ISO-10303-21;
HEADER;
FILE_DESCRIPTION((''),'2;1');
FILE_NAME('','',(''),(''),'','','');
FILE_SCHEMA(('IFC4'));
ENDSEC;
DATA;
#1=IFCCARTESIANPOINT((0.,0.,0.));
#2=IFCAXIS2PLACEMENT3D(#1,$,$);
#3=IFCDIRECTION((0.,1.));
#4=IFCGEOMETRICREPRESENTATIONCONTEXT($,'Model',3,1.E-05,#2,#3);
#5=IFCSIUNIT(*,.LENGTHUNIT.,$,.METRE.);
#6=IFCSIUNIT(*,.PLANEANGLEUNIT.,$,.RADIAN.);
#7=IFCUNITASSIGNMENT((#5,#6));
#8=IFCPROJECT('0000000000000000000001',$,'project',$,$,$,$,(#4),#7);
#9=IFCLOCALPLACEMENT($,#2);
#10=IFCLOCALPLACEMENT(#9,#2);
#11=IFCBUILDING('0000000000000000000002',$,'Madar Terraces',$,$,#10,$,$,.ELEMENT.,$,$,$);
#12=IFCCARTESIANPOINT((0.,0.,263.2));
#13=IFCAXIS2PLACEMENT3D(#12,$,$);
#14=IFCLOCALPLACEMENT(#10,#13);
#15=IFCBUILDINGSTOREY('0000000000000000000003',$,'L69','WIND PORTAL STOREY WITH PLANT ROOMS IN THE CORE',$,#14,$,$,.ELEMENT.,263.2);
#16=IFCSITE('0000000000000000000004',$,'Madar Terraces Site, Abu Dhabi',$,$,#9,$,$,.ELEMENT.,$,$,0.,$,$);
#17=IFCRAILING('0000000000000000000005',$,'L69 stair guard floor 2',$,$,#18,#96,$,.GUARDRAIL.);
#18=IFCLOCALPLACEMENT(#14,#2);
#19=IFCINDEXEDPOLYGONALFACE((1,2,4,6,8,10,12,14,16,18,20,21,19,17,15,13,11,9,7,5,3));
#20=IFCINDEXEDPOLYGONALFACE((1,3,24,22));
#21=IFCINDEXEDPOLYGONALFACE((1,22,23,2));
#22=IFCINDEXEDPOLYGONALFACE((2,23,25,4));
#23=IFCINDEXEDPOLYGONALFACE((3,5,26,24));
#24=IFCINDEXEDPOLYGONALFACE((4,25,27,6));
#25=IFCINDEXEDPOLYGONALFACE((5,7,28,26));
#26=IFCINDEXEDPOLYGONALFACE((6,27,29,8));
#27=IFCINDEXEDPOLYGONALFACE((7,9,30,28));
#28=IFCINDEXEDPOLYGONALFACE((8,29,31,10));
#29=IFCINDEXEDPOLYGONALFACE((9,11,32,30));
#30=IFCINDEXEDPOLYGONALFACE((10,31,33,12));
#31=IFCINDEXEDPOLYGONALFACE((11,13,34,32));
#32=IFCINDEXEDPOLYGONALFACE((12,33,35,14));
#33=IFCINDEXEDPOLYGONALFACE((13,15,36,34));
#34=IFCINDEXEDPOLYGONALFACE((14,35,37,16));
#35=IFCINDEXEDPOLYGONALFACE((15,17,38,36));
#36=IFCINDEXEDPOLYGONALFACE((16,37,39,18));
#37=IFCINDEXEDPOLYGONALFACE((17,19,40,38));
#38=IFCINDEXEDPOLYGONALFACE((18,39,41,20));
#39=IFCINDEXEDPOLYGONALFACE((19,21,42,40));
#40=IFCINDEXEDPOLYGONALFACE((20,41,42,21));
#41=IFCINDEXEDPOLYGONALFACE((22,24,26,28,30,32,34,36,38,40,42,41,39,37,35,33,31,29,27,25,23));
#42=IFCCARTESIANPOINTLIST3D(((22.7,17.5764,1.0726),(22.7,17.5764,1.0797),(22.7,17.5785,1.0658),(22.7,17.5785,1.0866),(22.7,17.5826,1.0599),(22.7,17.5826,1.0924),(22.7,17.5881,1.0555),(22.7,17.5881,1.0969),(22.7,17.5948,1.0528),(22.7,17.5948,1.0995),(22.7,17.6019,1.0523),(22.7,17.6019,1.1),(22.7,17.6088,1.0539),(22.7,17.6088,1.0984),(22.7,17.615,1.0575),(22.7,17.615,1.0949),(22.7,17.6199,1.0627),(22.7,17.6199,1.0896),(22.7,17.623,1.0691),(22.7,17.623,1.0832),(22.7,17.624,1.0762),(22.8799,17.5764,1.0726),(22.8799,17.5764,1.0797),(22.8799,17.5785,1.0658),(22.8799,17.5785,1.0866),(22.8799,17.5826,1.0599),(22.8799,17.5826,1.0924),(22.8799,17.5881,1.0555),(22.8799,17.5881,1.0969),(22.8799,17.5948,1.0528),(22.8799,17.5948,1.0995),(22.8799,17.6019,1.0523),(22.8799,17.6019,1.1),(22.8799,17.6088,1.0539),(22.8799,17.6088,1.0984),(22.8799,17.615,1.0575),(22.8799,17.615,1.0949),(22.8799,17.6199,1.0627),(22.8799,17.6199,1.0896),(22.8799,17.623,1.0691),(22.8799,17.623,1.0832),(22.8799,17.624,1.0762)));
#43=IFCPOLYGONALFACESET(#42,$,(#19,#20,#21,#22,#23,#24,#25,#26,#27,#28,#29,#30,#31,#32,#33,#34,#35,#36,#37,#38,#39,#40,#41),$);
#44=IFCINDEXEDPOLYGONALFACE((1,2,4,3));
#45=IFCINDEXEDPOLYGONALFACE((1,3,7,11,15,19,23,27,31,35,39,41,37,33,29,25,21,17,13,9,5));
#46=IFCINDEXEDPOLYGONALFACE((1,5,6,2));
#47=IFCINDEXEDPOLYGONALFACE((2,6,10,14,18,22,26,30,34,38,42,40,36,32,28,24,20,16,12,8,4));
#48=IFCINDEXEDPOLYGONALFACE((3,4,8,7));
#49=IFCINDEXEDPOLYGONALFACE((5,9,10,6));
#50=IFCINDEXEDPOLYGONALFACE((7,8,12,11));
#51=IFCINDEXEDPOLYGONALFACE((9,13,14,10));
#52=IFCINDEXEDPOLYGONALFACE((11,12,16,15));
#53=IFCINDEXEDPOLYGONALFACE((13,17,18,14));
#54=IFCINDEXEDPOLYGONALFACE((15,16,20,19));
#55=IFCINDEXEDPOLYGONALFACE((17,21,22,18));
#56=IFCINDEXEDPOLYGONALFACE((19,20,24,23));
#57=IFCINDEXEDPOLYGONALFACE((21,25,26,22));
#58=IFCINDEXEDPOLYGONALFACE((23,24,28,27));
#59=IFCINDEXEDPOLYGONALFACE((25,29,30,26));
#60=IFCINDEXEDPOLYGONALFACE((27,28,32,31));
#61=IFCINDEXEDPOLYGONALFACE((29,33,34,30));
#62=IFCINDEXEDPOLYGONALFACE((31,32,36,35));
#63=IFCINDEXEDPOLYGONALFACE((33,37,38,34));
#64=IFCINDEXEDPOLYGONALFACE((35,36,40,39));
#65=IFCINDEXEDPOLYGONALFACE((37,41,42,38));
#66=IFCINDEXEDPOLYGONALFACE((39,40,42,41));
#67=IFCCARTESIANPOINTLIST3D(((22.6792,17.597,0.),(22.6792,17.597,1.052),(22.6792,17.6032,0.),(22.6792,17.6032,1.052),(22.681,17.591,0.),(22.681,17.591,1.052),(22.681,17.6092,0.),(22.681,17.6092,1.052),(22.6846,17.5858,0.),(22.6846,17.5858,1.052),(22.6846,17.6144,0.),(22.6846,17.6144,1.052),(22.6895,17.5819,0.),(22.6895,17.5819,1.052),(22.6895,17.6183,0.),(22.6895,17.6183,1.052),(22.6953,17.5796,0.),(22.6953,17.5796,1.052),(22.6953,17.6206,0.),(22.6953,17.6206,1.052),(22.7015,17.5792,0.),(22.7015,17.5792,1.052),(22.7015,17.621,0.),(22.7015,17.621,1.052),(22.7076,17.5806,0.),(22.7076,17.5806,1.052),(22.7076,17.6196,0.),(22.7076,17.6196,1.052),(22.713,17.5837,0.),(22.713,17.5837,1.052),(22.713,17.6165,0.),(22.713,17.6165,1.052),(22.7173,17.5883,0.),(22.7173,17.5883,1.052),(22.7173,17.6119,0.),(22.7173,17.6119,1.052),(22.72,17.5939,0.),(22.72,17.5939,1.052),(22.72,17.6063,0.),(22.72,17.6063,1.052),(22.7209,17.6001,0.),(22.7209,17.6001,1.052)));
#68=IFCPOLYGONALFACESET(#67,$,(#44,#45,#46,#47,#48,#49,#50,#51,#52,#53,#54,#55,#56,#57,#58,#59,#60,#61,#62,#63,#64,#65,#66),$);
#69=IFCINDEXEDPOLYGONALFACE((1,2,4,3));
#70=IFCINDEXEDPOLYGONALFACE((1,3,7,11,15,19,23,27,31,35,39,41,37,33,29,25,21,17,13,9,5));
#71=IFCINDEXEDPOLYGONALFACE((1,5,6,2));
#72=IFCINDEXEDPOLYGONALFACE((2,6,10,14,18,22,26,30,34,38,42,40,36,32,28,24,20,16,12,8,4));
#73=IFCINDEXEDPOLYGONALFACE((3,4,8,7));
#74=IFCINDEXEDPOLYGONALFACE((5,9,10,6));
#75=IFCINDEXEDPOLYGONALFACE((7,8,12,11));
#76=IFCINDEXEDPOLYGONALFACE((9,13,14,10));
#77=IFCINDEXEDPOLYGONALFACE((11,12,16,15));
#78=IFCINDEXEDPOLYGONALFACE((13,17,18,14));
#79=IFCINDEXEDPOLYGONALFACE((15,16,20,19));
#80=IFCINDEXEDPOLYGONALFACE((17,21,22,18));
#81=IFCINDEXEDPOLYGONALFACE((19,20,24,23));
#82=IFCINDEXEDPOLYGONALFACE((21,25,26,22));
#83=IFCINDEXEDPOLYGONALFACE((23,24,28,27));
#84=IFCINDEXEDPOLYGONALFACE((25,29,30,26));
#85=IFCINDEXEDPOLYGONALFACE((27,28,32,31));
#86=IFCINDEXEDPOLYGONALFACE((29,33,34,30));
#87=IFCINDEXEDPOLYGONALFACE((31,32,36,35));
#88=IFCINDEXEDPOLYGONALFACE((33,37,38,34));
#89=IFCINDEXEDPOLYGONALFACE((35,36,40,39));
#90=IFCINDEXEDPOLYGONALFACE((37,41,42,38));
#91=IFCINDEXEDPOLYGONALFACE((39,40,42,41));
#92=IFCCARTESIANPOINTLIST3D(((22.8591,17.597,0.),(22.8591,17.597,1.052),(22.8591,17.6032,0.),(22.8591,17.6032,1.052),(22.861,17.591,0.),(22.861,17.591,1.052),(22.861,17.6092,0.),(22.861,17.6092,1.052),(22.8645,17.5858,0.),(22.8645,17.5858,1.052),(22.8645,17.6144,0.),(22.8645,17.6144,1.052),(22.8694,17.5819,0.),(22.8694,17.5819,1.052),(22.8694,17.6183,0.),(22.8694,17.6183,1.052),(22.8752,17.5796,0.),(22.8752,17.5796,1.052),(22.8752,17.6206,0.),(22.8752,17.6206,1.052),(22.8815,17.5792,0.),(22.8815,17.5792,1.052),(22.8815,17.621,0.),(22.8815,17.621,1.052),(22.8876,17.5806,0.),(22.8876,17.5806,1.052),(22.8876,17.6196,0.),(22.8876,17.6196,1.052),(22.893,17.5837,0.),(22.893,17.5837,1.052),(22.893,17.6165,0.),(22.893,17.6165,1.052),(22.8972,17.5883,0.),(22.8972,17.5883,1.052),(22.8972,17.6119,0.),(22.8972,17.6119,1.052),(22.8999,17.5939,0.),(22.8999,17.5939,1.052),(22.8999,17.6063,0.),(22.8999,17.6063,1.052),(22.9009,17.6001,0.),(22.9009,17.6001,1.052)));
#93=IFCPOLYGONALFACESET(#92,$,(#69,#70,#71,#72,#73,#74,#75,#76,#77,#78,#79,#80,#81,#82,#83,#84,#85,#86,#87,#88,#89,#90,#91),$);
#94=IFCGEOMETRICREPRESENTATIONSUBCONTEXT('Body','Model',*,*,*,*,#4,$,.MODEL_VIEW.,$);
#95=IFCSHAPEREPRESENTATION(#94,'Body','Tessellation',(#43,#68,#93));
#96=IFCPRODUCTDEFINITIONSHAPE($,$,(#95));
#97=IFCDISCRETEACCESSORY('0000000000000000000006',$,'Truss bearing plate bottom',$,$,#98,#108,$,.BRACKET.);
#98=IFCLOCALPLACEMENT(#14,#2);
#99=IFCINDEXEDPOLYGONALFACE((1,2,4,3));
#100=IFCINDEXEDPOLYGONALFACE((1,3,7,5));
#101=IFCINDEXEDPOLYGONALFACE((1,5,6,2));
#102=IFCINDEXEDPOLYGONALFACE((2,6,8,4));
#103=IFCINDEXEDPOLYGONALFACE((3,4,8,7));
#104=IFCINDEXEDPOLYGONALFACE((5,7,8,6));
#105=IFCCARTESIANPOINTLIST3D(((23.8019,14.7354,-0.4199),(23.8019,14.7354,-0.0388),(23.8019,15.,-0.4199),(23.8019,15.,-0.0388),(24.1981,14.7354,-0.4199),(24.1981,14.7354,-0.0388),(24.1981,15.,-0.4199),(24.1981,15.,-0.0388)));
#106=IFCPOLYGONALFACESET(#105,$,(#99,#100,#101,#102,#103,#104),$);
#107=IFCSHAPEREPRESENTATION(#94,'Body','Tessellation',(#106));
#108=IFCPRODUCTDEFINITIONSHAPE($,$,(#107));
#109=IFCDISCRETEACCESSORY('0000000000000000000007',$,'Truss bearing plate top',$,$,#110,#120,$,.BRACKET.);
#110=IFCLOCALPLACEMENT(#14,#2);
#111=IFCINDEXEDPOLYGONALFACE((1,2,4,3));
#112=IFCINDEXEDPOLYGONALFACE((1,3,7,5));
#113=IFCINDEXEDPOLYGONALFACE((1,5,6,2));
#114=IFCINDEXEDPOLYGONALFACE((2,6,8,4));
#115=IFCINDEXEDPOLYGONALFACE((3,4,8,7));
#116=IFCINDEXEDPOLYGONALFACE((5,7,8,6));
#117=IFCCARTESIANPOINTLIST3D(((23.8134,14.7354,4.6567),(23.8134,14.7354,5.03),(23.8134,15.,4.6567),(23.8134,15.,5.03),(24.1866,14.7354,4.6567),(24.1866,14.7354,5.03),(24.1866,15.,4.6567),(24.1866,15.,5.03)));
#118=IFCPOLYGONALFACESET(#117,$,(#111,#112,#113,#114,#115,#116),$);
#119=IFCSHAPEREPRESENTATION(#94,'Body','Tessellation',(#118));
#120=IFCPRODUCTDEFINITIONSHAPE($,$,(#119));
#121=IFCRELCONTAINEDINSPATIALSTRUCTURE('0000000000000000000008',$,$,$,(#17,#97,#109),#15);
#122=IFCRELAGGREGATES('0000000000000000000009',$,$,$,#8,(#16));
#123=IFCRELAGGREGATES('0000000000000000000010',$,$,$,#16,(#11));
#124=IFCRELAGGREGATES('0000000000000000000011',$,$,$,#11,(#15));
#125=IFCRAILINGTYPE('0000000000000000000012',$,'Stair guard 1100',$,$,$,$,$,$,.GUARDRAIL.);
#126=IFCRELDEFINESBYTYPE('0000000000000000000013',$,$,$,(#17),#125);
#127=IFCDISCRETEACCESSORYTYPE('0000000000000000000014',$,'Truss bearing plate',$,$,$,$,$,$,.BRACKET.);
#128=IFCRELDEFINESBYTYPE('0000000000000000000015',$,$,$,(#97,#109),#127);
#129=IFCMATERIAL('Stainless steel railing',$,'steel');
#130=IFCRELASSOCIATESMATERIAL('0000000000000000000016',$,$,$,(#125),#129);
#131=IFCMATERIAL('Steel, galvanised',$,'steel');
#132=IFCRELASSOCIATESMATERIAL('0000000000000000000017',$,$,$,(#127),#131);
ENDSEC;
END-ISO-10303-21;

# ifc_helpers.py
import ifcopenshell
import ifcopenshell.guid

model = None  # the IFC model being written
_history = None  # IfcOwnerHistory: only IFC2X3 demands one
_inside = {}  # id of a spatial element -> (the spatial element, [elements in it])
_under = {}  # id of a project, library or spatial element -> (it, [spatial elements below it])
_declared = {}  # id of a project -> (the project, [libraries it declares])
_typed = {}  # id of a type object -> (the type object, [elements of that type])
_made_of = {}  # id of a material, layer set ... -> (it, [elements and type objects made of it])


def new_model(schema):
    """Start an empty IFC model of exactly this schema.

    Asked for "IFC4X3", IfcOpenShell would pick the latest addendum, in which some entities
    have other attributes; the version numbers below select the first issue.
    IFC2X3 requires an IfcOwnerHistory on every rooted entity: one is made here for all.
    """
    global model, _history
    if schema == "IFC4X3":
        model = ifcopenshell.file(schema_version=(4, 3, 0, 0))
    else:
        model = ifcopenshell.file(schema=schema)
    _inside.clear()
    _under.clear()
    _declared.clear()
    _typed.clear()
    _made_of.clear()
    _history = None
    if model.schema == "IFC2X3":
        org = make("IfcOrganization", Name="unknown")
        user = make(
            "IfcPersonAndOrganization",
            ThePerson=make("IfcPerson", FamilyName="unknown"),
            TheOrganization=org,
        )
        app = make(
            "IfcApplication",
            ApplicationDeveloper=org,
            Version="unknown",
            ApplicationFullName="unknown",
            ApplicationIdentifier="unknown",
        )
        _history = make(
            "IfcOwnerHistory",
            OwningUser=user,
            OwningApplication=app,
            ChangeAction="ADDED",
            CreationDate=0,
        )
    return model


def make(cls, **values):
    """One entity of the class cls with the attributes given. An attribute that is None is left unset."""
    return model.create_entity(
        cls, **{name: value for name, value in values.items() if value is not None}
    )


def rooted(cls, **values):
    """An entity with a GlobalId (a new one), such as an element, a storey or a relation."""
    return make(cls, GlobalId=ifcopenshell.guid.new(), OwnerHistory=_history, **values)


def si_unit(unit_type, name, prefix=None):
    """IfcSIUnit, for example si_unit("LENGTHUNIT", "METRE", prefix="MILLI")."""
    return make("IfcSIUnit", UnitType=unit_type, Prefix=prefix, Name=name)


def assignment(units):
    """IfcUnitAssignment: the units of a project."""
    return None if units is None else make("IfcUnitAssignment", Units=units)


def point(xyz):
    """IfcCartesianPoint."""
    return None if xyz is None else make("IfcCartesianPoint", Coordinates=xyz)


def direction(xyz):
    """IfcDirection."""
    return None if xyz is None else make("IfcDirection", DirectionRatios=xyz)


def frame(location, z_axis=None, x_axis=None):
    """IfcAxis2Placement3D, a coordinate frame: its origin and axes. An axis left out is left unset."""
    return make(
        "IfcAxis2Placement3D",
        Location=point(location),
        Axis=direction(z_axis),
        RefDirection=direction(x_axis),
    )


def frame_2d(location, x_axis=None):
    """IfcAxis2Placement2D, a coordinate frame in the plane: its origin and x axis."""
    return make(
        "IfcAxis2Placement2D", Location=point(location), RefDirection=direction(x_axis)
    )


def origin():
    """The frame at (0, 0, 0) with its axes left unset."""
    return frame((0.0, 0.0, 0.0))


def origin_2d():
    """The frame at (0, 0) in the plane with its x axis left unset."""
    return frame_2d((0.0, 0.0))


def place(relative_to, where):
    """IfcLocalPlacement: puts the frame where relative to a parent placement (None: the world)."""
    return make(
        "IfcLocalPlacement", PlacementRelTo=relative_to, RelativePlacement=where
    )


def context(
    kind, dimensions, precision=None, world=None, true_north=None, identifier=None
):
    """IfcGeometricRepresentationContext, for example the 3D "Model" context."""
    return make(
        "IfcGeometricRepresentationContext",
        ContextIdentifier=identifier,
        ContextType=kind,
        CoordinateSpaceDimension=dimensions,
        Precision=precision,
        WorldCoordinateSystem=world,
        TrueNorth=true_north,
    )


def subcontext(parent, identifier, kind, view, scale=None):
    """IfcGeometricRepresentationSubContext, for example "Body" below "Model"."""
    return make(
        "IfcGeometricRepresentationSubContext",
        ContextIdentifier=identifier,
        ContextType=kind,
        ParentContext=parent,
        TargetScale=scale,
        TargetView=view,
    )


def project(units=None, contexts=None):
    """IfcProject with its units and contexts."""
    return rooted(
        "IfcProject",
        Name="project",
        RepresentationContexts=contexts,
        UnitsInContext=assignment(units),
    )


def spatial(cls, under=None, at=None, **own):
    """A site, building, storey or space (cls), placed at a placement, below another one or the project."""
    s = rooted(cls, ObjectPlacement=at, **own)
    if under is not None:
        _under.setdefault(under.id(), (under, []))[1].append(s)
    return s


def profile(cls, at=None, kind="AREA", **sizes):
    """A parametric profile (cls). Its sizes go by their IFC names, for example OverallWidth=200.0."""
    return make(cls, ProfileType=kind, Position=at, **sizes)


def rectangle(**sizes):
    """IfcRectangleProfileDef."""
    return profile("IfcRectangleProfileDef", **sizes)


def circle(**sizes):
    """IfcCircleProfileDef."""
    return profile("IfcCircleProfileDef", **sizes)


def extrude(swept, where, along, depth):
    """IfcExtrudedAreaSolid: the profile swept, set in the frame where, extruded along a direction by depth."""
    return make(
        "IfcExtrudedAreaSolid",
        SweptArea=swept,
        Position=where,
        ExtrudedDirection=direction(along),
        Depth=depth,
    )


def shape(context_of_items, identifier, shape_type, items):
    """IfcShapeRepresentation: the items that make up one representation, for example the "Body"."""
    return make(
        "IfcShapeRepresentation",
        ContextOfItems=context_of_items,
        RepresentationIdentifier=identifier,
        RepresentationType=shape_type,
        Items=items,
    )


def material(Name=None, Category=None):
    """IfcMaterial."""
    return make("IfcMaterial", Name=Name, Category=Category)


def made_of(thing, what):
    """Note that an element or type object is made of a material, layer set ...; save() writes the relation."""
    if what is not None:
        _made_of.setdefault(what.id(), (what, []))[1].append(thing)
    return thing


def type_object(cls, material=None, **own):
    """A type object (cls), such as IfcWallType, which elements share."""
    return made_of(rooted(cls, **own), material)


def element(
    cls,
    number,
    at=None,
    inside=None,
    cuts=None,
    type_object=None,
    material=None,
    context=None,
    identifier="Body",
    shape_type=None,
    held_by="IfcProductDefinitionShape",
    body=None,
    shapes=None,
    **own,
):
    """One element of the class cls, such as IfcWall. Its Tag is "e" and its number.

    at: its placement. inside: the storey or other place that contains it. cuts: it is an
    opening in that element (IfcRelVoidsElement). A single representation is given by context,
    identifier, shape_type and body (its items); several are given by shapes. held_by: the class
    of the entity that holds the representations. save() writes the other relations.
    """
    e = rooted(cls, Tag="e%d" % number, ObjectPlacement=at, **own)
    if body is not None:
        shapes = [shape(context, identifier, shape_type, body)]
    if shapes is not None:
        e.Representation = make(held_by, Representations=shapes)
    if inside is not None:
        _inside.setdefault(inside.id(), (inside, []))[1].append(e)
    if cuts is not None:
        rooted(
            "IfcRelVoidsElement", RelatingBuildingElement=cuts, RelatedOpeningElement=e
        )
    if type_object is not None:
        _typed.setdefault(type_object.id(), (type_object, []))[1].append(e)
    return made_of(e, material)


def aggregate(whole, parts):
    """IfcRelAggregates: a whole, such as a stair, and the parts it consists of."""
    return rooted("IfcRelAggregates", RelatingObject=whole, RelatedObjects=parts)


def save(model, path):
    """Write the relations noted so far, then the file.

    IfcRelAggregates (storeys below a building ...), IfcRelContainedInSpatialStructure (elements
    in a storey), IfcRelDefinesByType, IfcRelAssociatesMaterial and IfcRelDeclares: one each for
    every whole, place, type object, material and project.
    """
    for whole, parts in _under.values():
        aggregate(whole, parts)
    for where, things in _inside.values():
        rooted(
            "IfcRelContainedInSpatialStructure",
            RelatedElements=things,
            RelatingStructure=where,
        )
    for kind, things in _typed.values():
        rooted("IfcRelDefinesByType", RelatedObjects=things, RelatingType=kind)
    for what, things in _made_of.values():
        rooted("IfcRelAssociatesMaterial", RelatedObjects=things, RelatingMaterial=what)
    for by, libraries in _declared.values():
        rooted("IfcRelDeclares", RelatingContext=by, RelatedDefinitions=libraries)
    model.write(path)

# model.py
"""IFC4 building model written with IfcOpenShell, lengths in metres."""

from ifc_helpers import new_model, si_unit, direction, frame, origin, origin_2d, place, context, subcontext, project, spatial, rectangle, circle, extrude, material, type_object, element, save


model = new_model("IFC4")

# Units and contexts
model_context = context("Model", 3, precision=1e-05, world=origin(), true_north=direction((0.0, 1.0)))
body_context = subcontext(model_context, "Body", "Model", "MODEL_VIEW")
ifc_project = project(units=[si_unit("LENGTHUNIT", "METRE"), si_unit("PLANEANGLEUNIT", "RADIAN")], contexts=[model_context])

# Site, building, storey
site_placement = place(None, origin())
site = spatial("IfcSite", under=ifc_project, at=site_placement, Name="Madar Terraces Site, Abu Dhabi", CompositionType="ELEMENT", RefElevation=0.0)
building_placement = place(site_placement, origin())
building = spatial("IfcBuilding", under=site, at=building_placement, Name="Madar Terraces", CompositionType="ELEMENT")
storey_placement = place(building_placement, frame((0.0, 0.0, 263.2)))
storey = spatial("IfcBuildingStorey", under=building, at=storey_placement, Name="L69", Description="WIND PORTAL STOREY WITH PLANT ROOMS IN THE CORE", CompositionType="ELEMENT", Elevation=263.2)

# Railing
ifc_material_1 = material(Name="Stainless steel railing", Category="steel")
railing_type_1 = type_object("IfcRailingType", Name="Stair guard 1100", PredefinedType="GUARDRAIL", material=ifc_material_1)
railing_1_placement = place(storey_placement, frame((22.7, 17.6001, 0.0)))
element("IfcRailing", 1, at=railing_1_placement, inside=storey, type_object=railing_type_1, Name="L69 stair guard floor 2", PredefinedType="GUARDRAIL", context=body_context, shape_type="SweptSolid", body=[
    extrude(circle(Radius=0.0239, at=origin_2d()), frame((0.0, 0.0, 1.0762), z_axis=(1.0, 0.0, 0.0), x_axis=(0.0, 1.0, 0.0)), (0.0, 0.0, 1.0), 0.1799),
    extrude(circle(Radius=0.021, at=origin_2d()), origin(), (0.0, 0.0, 1.0), 1.052),
    extrude(circle(Radius=0.021, at=origin_2d()), frame((0.1799, 0.0, 0.0)), (0.0, 0.0, 1.0), 1.052),
])

# Discrete accessories
ifc_material_2 = material(Name="Steel, galvanised", Category="steel")
discrete_accessory_type = type_object("IfcDiscreteAccessoryType", Name="Truss bearing plate", PredefinedType="BRACKET", material=ifc_material_2)
discrete_accessory_1_placement = place(storey_placement, frame((24.0, 14.8677, -0.4199), z_axis=(0.0, 0.0, 1.0), x_axis=(1.0, 0.0, 0.0)))
element("IfcDiscreteAccessory", 2, at=discrete_accessory_1_placement, inside=storey, type_object=discrete_accessory_type, Name="Truss bearing plate bottom", PredefinedType="BRACKET", context=body_context, shape_type="SweptSolid", body=[
    extrude(rectangle(XDim=0.3962, YDim=0.2646, at=origin_2d()), origin(), (0.0, 0.0, 1.0), 0.3811),
])
discrete_accessory_2_placement = place(storey_placement, frame((24.0, 14.8677, 4.6567), z_axis=(0.0, 0.0, 1.0), x_axis=(1.0, 0.0, 0.0)))
element("IfcDiscreteAccessory", 3, at=discrete_accessory_2_placement, inside=storey, type_object=discrete_accessory_type, Name="Truss bearing plate top", PredefinedType="BRACKET", context=body_context, shape_type="SweptSolid", body=[
    extrude(rectangle(XDim=0.3733, YDim=0.2646, at=origin_2d()), origin(), (0.0, 0.0, 1.0), 0.3733),
])

save(model, "model.ifc")
